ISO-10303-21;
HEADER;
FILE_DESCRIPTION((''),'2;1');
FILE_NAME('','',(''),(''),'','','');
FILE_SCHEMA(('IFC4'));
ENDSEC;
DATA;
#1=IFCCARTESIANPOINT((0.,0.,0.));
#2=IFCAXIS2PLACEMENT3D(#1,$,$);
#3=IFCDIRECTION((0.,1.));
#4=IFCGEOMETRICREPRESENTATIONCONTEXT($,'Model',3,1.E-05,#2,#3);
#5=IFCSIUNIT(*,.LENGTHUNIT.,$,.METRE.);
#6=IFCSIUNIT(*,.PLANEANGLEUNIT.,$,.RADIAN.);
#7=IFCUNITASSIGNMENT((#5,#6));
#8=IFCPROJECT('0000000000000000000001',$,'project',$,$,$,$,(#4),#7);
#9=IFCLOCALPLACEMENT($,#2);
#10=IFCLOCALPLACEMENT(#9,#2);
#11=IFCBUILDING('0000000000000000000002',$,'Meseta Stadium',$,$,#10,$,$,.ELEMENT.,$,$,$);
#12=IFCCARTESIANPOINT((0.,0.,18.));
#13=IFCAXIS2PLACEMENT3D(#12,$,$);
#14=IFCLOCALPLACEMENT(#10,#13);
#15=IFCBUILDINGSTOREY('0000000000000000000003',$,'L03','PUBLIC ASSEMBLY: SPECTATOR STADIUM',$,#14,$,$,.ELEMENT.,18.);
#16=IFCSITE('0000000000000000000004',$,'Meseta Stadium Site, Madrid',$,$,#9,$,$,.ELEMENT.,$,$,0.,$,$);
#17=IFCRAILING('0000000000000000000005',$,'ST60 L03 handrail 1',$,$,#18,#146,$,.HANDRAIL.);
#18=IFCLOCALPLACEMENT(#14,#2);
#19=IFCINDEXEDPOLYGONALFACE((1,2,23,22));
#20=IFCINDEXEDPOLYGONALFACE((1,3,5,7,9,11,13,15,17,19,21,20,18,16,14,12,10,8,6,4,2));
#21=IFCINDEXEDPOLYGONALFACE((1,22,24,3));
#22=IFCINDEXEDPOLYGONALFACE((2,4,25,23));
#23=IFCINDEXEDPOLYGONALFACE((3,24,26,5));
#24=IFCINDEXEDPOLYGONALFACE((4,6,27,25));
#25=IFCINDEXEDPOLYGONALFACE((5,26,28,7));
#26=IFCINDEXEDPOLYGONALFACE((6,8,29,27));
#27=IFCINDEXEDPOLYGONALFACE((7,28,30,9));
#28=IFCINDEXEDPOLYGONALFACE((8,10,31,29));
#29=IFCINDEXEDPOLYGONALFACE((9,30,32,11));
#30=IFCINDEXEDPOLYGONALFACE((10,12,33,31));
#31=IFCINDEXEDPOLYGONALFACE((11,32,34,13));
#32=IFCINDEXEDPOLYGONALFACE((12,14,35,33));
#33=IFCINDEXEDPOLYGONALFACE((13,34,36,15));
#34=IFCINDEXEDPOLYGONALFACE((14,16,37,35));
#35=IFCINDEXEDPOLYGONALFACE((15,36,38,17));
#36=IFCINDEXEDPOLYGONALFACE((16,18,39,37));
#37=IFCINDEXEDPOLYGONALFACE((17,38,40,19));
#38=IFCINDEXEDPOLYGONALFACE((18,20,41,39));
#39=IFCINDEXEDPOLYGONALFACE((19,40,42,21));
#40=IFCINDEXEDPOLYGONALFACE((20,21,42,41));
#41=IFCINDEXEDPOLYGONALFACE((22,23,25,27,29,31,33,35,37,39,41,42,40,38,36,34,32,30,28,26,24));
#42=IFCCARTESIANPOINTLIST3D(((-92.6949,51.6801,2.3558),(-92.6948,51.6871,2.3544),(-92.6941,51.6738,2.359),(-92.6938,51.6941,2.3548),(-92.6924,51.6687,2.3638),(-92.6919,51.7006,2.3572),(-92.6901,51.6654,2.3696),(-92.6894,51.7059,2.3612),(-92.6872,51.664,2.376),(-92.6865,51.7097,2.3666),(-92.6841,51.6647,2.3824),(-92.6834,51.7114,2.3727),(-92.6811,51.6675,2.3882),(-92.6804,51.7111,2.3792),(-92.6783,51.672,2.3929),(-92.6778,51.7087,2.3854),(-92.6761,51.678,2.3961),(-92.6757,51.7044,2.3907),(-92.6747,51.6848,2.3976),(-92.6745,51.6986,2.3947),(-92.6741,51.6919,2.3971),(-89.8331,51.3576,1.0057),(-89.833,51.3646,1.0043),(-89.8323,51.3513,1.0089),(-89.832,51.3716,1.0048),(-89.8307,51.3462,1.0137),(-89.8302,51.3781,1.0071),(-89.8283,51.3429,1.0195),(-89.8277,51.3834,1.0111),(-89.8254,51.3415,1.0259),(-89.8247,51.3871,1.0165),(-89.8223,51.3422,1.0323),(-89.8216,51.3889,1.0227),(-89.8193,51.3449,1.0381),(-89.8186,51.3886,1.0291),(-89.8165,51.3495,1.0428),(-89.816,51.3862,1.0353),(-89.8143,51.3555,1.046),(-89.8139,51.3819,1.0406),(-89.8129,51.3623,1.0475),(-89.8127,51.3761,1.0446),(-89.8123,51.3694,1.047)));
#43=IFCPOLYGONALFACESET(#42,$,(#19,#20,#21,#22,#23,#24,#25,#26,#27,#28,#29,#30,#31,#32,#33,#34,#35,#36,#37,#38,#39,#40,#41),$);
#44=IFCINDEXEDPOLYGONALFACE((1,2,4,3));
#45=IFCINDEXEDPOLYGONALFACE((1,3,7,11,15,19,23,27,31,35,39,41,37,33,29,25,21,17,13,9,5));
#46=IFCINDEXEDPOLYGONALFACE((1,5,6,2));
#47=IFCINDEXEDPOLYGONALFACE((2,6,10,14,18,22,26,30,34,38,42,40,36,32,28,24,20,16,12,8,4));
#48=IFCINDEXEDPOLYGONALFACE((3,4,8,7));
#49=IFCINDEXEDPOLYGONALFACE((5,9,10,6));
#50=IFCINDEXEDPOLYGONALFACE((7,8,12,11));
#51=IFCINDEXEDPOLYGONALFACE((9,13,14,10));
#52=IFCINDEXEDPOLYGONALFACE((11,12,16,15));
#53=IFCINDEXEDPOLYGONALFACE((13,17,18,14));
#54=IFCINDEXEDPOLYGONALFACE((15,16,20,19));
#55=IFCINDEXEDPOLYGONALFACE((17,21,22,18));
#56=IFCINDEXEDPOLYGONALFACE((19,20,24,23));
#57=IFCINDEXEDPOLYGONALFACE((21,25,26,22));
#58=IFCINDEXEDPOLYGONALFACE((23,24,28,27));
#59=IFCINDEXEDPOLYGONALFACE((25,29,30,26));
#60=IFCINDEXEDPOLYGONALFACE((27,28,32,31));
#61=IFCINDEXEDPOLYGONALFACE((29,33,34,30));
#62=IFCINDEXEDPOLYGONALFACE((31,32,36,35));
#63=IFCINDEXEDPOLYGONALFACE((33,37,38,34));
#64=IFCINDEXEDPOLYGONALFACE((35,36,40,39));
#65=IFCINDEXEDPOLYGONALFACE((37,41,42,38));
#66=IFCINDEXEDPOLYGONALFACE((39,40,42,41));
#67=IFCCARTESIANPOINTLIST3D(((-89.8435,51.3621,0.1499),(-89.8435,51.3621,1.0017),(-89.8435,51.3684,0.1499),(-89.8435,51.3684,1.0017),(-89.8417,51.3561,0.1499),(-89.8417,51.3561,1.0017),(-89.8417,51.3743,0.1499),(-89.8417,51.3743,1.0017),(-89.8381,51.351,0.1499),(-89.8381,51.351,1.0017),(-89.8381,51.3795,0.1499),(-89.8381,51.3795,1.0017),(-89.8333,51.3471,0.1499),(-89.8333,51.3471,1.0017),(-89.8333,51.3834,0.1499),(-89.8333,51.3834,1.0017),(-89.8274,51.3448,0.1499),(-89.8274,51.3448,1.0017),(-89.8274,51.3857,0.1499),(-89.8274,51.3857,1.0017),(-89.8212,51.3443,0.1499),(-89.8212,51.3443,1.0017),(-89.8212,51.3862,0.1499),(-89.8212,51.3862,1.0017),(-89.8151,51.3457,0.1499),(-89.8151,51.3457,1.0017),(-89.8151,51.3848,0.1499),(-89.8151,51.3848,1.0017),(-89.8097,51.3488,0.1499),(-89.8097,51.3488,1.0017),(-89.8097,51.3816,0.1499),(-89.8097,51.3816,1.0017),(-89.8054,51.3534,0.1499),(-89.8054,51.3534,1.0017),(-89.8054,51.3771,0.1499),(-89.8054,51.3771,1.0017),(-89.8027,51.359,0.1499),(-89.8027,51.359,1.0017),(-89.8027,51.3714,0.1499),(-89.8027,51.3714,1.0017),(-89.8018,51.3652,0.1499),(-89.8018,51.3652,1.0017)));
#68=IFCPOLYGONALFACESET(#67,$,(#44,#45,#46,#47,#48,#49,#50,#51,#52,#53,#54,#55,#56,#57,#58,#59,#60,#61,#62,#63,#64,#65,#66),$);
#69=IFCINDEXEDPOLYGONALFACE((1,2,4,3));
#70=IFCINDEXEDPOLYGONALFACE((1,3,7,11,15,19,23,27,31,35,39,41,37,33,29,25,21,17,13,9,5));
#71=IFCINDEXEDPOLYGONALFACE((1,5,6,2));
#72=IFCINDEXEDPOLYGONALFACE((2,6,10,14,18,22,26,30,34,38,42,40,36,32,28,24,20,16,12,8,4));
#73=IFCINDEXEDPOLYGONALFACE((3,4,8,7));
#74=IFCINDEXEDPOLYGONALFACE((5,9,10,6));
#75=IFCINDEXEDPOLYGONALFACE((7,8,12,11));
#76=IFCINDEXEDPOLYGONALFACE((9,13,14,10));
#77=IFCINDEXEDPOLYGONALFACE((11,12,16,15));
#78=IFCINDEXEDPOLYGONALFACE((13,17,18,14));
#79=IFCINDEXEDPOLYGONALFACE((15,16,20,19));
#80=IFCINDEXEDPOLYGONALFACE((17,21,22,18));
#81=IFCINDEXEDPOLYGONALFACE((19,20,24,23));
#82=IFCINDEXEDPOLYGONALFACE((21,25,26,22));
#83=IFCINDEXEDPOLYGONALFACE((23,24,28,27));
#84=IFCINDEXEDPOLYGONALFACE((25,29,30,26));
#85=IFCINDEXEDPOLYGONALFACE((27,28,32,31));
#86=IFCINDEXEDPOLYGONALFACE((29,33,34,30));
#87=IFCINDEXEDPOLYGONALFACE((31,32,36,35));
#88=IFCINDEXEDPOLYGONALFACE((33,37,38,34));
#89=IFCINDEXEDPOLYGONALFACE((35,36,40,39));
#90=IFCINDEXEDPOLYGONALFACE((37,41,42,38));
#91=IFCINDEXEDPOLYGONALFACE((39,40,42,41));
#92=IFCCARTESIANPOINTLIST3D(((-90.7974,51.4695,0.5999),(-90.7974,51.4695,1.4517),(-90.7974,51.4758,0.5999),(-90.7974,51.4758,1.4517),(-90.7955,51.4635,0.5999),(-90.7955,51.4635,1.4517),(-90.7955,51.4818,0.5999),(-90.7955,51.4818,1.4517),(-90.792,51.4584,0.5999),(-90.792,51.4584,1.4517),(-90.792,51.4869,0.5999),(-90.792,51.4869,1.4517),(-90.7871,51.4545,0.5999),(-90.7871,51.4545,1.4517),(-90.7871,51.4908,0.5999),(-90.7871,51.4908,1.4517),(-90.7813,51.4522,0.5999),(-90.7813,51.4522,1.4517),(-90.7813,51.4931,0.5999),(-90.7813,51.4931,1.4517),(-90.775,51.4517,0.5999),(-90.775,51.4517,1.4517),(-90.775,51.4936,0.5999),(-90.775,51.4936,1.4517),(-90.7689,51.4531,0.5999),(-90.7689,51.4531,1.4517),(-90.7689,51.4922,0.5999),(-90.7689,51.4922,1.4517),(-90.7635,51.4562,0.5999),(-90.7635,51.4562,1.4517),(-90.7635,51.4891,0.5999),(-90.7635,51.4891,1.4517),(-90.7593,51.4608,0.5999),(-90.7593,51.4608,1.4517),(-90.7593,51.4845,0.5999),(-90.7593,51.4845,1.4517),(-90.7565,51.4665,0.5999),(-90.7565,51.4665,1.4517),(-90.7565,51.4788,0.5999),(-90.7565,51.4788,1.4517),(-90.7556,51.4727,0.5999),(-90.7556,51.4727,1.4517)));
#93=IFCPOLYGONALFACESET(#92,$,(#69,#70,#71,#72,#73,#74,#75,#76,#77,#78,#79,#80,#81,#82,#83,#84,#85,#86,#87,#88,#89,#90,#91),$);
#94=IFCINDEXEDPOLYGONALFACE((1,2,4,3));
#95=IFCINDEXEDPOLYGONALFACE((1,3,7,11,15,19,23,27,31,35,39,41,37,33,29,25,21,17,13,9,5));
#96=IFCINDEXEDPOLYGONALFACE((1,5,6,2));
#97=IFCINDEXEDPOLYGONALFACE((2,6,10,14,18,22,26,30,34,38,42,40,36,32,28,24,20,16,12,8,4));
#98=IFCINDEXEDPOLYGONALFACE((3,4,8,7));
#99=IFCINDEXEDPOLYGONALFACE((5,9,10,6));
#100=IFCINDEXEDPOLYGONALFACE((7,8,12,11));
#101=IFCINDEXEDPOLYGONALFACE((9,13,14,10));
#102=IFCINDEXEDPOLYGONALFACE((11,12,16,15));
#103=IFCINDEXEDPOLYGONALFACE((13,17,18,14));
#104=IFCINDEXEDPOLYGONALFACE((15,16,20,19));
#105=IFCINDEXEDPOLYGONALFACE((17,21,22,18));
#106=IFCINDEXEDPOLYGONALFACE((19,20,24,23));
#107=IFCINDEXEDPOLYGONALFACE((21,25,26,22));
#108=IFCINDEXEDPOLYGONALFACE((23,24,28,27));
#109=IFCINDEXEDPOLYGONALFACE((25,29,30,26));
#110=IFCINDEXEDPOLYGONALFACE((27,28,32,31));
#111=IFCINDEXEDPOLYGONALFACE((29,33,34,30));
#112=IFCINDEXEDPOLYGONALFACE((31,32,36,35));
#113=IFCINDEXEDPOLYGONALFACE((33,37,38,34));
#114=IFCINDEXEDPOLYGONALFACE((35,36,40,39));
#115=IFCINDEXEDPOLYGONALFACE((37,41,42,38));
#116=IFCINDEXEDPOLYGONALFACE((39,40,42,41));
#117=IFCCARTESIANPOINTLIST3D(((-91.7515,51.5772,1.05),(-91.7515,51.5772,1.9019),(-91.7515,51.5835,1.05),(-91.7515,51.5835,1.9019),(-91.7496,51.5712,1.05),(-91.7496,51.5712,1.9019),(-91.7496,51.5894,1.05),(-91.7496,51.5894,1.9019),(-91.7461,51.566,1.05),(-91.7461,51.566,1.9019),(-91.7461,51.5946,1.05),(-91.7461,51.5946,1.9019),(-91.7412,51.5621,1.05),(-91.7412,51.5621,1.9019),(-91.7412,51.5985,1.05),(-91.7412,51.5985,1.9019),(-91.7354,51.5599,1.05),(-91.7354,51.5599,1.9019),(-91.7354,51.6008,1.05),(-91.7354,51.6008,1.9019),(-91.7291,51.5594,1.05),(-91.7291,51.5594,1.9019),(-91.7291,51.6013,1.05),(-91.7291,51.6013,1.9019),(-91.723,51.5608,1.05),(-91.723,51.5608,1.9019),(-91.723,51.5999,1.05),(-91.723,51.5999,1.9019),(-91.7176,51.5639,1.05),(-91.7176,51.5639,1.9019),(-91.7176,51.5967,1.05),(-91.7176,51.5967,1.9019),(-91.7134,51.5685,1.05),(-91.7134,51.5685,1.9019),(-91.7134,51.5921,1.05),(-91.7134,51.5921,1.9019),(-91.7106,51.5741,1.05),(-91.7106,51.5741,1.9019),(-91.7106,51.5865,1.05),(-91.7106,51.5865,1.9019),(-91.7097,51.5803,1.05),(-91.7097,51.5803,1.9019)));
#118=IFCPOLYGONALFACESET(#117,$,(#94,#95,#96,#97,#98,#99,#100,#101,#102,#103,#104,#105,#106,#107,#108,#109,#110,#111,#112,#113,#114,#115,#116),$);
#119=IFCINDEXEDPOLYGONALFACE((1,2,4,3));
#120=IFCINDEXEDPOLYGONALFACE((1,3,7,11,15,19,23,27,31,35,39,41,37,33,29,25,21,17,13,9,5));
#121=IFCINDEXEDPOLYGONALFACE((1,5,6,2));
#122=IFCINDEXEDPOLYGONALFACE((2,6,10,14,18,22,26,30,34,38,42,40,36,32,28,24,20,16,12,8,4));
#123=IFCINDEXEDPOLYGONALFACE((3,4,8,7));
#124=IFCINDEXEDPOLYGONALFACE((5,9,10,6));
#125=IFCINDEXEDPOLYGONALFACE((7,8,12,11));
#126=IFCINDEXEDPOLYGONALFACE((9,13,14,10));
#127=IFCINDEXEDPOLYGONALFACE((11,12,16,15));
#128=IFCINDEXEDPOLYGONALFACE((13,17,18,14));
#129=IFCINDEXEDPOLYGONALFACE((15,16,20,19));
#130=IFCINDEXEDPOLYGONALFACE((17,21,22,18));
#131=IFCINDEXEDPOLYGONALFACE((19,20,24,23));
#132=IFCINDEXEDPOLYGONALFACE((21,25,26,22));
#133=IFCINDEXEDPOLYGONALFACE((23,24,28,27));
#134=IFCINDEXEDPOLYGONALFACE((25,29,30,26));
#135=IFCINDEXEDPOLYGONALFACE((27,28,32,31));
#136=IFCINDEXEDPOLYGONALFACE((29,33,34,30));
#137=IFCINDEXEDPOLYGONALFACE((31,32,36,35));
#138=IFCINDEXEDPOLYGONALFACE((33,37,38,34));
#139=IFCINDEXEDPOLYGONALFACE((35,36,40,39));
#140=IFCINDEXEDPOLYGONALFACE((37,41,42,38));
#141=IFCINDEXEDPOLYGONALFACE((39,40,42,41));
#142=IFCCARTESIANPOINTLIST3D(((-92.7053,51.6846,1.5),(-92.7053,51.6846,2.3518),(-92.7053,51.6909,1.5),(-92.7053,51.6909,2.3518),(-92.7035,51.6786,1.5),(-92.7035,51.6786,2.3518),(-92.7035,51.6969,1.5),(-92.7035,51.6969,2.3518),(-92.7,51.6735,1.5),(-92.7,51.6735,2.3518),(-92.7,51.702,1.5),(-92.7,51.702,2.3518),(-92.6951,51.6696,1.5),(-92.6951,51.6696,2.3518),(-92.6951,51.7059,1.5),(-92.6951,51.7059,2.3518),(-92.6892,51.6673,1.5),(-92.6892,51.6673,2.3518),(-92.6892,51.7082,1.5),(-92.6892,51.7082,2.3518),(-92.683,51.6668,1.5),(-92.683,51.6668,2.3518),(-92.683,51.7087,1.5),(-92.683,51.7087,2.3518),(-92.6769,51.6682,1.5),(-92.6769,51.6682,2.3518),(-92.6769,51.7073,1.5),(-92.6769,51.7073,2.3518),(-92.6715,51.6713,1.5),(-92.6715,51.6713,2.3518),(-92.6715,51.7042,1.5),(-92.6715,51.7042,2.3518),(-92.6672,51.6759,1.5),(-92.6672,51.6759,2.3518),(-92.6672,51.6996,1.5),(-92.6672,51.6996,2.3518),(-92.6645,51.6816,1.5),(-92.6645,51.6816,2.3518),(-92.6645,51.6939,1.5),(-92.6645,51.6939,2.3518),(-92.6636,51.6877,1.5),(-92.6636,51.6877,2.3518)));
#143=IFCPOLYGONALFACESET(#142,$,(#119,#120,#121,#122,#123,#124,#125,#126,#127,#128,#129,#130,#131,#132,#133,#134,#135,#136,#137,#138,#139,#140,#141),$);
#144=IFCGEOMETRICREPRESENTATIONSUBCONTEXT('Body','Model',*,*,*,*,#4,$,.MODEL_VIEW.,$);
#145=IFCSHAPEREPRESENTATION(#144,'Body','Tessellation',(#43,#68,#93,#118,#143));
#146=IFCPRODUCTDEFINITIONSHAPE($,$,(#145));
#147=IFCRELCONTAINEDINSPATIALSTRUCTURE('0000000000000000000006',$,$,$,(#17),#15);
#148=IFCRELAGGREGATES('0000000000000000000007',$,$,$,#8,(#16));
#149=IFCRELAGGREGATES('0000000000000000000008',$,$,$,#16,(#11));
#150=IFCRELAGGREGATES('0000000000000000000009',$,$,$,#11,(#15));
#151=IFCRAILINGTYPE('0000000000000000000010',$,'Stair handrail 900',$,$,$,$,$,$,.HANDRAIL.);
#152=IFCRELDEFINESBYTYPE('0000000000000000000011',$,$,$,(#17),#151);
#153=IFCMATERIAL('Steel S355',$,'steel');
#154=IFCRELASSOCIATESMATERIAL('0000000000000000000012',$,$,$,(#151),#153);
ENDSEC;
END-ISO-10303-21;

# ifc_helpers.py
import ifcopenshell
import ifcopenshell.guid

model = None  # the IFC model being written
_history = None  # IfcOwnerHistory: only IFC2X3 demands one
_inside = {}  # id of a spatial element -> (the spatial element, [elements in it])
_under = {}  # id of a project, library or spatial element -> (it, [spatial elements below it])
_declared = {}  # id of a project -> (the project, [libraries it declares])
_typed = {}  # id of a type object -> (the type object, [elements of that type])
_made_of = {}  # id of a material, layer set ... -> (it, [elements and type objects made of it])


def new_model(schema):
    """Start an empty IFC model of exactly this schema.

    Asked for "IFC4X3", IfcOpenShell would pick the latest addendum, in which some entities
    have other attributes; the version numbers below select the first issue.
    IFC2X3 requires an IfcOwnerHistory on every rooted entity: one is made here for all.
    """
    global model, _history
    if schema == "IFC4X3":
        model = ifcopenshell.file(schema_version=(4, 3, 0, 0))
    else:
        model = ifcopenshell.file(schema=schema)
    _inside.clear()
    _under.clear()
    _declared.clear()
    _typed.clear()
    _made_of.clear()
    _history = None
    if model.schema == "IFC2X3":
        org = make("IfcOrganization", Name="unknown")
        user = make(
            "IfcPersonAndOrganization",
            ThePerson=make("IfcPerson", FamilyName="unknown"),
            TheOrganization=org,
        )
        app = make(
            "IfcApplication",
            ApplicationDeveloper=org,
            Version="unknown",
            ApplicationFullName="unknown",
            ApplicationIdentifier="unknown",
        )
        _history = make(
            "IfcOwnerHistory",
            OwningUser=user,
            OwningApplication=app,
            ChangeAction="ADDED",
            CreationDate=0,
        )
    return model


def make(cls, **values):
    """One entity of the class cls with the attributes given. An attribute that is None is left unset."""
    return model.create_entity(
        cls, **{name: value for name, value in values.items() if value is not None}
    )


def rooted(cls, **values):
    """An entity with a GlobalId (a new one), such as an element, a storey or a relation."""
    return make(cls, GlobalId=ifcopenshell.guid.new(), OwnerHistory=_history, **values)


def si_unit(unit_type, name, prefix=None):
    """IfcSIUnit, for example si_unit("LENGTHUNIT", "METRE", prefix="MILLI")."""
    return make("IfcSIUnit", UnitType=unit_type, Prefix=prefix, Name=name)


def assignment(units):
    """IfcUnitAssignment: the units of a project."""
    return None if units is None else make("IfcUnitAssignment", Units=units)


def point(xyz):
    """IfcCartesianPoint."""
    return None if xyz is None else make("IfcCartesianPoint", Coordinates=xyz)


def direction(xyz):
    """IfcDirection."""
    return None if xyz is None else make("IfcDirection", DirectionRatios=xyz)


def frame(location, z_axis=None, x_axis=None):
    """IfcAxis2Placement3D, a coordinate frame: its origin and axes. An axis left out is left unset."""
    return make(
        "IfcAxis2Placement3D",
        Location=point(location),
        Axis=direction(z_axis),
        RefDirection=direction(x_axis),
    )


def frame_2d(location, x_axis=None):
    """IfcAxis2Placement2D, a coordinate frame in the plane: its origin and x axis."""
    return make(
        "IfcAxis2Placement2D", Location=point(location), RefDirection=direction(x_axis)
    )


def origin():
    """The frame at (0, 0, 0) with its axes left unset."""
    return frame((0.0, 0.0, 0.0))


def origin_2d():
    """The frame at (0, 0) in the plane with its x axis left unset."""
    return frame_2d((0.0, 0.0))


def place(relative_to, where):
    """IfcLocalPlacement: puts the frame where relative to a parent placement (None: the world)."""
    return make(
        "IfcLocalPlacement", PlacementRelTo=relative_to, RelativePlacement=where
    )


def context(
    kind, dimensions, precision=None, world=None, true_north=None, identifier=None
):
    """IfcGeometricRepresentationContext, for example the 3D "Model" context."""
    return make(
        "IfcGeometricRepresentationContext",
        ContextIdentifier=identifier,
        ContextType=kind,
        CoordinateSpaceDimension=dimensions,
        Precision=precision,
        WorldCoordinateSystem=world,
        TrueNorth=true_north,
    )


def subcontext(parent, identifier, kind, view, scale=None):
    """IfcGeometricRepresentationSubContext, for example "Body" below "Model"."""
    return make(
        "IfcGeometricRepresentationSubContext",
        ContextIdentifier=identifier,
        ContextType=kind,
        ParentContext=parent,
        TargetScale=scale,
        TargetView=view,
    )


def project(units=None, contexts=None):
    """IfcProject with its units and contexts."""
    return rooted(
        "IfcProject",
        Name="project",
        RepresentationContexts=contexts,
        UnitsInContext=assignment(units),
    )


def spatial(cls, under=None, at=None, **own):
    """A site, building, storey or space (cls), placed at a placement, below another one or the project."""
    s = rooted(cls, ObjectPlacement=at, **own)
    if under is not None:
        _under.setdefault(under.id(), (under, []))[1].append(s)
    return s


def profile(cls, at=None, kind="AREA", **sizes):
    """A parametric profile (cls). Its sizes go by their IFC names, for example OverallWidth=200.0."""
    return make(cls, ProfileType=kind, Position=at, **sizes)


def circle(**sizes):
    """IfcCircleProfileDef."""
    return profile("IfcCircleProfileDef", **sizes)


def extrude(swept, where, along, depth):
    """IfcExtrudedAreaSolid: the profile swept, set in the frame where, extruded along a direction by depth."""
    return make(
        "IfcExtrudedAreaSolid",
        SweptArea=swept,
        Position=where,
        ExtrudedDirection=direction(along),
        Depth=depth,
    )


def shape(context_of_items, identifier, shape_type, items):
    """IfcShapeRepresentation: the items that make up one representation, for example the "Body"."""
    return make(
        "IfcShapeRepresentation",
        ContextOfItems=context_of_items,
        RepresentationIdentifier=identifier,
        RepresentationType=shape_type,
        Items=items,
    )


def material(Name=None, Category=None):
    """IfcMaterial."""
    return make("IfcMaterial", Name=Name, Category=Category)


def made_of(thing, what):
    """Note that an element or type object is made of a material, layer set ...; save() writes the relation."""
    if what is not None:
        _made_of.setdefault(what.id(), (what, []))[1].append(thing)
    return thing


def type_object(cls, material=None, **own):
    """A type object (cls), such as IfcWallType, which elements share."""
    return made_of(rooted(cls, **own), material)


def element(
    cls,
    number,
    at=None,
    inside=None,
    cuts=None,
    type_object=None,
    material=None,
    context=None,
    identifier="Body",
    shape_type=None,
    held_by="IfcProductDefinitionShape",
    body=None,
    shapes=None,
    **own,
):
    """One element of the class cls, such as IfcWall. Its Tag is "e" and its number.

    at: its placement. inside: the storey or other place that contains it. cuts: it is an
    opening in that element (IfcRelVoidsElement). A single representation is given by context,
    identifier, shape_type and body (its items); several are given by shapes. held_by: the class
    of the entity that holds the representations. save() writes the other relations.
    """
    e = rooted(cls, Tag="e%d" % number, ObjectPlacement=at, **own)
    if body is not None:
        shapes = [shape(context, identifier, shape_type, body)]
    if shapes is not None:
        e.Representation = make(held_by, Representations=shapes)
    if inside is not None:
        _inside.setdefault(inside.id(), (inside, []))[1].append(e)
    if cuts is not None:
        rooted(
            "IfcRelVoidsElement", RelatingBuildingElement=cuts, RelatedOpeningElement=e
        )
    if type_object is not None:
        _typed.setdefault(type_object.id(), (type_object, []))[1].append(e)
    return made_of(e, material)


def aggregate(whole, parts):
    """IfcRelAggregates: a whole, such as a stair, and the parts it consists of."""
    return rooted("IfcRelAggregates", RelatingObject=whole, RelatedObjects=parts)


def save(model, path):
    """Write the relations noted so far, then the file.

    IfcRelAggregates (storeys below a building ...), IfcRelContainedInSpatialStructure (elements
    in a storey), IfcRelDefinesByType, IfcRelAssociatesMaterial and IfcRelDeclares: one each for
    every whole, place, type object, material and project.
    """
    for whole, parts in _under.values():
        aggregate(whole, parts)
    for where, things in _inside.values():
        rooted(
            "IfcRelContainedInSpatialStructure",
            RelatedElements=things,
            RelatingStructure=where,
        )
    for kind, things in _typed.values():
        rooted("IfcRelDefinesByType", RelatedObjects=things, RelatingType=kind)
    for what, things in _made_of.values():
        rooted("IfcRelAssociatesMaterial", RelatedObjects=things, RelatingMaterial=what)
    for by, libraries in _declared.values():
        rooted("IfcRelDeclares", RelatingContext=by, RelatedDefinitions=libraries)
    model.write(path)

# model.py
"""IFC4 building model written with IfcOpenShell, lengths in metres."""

from ifc_helpers import new_model, si_unit, direction, frame, origin, origin_2d, place, context, subcontext, project, spatial, circle, extrude, material, type_object, element, save


model = new_model("IFC4")

# Units and contexts
model_context = context("Model", 3, precision=1e-05, world=origin(), true_north=direction((0.0, 1.0)))
body_context = subcontext(model_context, "Body", "Model", "MODEL_VIEW")
ifc_project = project(units=[si_unit("LENGTHUNIT", "METRE"), si_unit("PLANEANGLEUNIT", "RADIAN")], contexts=[model_context])

# Site, building, storey
site_placement = place(None, origin())
site = spatial("IfcSite", under=ifc_project, at=site_placement, Name="Meseta Stadium Site, Madrid", CompositionType="ELEMENT", RefElevation=0.0)
building_placement = place(site_placement, origin())
building = spatial("IfcBuilding", under=site, at=building_placement, Name="Meseta Stadium", CompositionType="ELEMENT")
storey_placement = place(building_placement, frame((0.0, 0.0, 18.0)))
storey = spatial("IfcBuildingStorey", under=building, at=storey_placement, Name="L03", Description="PUBLIC ASSEMBLY: SPECTATOR STADIUM", CompositionType="ELEMENT", Elevation=18.0)

# Railing
ifc_material_1 = material(Name="Steel S355", Category="steel")
railing_type_1 = type_object("IfcRailingType", Name="Stair handrail 900", PredefinedType="HANDRAIL", material=ifc_material_1)
for number, where, name in (
    (1, (-89.8228, 51.3652, 0.1499), "ST60 L03 handrail 1"),
):
    element("IfcRailing", number, at=place(storey_placement, frame(where)), inside=storey, type_object=railing_type_1, Name=name, PredefinedType="HANDRAIL", context=body_context, shape_type="SweptSolid", body=[
        extrude(circle(Radius=0.0239, at=origin_2d()), frame((0.0, 0.0, 0.876), z_axis=(-0.899748, 0.101396, 0.424467), x_axis=(-0.111985, -0.99371, 0.0)), (0.0, 0.0, 1.0), 3.1807),
        extrude(circle(Radius=0.021, at=origin_2d()), origin(), (0.0, 0.0, 1.0), 0.8518),
        extrude(circle(Radius=0.021, at=origin_2d()), frame((-0.9539, 0.1074, 0.45)), (0.0, 0.0, 1.0), 0.8518),
        extrude(circle(Radius=0.021, at=origin_2d()), frame((-1.908, 0.2151, 0.9001)), (0.0, 0.0, 1.0), 0.8518),
        extrude(circle(Radius=0.021, at=origin_2d()), frame((-2.8618, 0.3225, 1.3501)), (0.0, 0.0, 1.0), 0.8518),
    ])

save(model, "model.ifc")
